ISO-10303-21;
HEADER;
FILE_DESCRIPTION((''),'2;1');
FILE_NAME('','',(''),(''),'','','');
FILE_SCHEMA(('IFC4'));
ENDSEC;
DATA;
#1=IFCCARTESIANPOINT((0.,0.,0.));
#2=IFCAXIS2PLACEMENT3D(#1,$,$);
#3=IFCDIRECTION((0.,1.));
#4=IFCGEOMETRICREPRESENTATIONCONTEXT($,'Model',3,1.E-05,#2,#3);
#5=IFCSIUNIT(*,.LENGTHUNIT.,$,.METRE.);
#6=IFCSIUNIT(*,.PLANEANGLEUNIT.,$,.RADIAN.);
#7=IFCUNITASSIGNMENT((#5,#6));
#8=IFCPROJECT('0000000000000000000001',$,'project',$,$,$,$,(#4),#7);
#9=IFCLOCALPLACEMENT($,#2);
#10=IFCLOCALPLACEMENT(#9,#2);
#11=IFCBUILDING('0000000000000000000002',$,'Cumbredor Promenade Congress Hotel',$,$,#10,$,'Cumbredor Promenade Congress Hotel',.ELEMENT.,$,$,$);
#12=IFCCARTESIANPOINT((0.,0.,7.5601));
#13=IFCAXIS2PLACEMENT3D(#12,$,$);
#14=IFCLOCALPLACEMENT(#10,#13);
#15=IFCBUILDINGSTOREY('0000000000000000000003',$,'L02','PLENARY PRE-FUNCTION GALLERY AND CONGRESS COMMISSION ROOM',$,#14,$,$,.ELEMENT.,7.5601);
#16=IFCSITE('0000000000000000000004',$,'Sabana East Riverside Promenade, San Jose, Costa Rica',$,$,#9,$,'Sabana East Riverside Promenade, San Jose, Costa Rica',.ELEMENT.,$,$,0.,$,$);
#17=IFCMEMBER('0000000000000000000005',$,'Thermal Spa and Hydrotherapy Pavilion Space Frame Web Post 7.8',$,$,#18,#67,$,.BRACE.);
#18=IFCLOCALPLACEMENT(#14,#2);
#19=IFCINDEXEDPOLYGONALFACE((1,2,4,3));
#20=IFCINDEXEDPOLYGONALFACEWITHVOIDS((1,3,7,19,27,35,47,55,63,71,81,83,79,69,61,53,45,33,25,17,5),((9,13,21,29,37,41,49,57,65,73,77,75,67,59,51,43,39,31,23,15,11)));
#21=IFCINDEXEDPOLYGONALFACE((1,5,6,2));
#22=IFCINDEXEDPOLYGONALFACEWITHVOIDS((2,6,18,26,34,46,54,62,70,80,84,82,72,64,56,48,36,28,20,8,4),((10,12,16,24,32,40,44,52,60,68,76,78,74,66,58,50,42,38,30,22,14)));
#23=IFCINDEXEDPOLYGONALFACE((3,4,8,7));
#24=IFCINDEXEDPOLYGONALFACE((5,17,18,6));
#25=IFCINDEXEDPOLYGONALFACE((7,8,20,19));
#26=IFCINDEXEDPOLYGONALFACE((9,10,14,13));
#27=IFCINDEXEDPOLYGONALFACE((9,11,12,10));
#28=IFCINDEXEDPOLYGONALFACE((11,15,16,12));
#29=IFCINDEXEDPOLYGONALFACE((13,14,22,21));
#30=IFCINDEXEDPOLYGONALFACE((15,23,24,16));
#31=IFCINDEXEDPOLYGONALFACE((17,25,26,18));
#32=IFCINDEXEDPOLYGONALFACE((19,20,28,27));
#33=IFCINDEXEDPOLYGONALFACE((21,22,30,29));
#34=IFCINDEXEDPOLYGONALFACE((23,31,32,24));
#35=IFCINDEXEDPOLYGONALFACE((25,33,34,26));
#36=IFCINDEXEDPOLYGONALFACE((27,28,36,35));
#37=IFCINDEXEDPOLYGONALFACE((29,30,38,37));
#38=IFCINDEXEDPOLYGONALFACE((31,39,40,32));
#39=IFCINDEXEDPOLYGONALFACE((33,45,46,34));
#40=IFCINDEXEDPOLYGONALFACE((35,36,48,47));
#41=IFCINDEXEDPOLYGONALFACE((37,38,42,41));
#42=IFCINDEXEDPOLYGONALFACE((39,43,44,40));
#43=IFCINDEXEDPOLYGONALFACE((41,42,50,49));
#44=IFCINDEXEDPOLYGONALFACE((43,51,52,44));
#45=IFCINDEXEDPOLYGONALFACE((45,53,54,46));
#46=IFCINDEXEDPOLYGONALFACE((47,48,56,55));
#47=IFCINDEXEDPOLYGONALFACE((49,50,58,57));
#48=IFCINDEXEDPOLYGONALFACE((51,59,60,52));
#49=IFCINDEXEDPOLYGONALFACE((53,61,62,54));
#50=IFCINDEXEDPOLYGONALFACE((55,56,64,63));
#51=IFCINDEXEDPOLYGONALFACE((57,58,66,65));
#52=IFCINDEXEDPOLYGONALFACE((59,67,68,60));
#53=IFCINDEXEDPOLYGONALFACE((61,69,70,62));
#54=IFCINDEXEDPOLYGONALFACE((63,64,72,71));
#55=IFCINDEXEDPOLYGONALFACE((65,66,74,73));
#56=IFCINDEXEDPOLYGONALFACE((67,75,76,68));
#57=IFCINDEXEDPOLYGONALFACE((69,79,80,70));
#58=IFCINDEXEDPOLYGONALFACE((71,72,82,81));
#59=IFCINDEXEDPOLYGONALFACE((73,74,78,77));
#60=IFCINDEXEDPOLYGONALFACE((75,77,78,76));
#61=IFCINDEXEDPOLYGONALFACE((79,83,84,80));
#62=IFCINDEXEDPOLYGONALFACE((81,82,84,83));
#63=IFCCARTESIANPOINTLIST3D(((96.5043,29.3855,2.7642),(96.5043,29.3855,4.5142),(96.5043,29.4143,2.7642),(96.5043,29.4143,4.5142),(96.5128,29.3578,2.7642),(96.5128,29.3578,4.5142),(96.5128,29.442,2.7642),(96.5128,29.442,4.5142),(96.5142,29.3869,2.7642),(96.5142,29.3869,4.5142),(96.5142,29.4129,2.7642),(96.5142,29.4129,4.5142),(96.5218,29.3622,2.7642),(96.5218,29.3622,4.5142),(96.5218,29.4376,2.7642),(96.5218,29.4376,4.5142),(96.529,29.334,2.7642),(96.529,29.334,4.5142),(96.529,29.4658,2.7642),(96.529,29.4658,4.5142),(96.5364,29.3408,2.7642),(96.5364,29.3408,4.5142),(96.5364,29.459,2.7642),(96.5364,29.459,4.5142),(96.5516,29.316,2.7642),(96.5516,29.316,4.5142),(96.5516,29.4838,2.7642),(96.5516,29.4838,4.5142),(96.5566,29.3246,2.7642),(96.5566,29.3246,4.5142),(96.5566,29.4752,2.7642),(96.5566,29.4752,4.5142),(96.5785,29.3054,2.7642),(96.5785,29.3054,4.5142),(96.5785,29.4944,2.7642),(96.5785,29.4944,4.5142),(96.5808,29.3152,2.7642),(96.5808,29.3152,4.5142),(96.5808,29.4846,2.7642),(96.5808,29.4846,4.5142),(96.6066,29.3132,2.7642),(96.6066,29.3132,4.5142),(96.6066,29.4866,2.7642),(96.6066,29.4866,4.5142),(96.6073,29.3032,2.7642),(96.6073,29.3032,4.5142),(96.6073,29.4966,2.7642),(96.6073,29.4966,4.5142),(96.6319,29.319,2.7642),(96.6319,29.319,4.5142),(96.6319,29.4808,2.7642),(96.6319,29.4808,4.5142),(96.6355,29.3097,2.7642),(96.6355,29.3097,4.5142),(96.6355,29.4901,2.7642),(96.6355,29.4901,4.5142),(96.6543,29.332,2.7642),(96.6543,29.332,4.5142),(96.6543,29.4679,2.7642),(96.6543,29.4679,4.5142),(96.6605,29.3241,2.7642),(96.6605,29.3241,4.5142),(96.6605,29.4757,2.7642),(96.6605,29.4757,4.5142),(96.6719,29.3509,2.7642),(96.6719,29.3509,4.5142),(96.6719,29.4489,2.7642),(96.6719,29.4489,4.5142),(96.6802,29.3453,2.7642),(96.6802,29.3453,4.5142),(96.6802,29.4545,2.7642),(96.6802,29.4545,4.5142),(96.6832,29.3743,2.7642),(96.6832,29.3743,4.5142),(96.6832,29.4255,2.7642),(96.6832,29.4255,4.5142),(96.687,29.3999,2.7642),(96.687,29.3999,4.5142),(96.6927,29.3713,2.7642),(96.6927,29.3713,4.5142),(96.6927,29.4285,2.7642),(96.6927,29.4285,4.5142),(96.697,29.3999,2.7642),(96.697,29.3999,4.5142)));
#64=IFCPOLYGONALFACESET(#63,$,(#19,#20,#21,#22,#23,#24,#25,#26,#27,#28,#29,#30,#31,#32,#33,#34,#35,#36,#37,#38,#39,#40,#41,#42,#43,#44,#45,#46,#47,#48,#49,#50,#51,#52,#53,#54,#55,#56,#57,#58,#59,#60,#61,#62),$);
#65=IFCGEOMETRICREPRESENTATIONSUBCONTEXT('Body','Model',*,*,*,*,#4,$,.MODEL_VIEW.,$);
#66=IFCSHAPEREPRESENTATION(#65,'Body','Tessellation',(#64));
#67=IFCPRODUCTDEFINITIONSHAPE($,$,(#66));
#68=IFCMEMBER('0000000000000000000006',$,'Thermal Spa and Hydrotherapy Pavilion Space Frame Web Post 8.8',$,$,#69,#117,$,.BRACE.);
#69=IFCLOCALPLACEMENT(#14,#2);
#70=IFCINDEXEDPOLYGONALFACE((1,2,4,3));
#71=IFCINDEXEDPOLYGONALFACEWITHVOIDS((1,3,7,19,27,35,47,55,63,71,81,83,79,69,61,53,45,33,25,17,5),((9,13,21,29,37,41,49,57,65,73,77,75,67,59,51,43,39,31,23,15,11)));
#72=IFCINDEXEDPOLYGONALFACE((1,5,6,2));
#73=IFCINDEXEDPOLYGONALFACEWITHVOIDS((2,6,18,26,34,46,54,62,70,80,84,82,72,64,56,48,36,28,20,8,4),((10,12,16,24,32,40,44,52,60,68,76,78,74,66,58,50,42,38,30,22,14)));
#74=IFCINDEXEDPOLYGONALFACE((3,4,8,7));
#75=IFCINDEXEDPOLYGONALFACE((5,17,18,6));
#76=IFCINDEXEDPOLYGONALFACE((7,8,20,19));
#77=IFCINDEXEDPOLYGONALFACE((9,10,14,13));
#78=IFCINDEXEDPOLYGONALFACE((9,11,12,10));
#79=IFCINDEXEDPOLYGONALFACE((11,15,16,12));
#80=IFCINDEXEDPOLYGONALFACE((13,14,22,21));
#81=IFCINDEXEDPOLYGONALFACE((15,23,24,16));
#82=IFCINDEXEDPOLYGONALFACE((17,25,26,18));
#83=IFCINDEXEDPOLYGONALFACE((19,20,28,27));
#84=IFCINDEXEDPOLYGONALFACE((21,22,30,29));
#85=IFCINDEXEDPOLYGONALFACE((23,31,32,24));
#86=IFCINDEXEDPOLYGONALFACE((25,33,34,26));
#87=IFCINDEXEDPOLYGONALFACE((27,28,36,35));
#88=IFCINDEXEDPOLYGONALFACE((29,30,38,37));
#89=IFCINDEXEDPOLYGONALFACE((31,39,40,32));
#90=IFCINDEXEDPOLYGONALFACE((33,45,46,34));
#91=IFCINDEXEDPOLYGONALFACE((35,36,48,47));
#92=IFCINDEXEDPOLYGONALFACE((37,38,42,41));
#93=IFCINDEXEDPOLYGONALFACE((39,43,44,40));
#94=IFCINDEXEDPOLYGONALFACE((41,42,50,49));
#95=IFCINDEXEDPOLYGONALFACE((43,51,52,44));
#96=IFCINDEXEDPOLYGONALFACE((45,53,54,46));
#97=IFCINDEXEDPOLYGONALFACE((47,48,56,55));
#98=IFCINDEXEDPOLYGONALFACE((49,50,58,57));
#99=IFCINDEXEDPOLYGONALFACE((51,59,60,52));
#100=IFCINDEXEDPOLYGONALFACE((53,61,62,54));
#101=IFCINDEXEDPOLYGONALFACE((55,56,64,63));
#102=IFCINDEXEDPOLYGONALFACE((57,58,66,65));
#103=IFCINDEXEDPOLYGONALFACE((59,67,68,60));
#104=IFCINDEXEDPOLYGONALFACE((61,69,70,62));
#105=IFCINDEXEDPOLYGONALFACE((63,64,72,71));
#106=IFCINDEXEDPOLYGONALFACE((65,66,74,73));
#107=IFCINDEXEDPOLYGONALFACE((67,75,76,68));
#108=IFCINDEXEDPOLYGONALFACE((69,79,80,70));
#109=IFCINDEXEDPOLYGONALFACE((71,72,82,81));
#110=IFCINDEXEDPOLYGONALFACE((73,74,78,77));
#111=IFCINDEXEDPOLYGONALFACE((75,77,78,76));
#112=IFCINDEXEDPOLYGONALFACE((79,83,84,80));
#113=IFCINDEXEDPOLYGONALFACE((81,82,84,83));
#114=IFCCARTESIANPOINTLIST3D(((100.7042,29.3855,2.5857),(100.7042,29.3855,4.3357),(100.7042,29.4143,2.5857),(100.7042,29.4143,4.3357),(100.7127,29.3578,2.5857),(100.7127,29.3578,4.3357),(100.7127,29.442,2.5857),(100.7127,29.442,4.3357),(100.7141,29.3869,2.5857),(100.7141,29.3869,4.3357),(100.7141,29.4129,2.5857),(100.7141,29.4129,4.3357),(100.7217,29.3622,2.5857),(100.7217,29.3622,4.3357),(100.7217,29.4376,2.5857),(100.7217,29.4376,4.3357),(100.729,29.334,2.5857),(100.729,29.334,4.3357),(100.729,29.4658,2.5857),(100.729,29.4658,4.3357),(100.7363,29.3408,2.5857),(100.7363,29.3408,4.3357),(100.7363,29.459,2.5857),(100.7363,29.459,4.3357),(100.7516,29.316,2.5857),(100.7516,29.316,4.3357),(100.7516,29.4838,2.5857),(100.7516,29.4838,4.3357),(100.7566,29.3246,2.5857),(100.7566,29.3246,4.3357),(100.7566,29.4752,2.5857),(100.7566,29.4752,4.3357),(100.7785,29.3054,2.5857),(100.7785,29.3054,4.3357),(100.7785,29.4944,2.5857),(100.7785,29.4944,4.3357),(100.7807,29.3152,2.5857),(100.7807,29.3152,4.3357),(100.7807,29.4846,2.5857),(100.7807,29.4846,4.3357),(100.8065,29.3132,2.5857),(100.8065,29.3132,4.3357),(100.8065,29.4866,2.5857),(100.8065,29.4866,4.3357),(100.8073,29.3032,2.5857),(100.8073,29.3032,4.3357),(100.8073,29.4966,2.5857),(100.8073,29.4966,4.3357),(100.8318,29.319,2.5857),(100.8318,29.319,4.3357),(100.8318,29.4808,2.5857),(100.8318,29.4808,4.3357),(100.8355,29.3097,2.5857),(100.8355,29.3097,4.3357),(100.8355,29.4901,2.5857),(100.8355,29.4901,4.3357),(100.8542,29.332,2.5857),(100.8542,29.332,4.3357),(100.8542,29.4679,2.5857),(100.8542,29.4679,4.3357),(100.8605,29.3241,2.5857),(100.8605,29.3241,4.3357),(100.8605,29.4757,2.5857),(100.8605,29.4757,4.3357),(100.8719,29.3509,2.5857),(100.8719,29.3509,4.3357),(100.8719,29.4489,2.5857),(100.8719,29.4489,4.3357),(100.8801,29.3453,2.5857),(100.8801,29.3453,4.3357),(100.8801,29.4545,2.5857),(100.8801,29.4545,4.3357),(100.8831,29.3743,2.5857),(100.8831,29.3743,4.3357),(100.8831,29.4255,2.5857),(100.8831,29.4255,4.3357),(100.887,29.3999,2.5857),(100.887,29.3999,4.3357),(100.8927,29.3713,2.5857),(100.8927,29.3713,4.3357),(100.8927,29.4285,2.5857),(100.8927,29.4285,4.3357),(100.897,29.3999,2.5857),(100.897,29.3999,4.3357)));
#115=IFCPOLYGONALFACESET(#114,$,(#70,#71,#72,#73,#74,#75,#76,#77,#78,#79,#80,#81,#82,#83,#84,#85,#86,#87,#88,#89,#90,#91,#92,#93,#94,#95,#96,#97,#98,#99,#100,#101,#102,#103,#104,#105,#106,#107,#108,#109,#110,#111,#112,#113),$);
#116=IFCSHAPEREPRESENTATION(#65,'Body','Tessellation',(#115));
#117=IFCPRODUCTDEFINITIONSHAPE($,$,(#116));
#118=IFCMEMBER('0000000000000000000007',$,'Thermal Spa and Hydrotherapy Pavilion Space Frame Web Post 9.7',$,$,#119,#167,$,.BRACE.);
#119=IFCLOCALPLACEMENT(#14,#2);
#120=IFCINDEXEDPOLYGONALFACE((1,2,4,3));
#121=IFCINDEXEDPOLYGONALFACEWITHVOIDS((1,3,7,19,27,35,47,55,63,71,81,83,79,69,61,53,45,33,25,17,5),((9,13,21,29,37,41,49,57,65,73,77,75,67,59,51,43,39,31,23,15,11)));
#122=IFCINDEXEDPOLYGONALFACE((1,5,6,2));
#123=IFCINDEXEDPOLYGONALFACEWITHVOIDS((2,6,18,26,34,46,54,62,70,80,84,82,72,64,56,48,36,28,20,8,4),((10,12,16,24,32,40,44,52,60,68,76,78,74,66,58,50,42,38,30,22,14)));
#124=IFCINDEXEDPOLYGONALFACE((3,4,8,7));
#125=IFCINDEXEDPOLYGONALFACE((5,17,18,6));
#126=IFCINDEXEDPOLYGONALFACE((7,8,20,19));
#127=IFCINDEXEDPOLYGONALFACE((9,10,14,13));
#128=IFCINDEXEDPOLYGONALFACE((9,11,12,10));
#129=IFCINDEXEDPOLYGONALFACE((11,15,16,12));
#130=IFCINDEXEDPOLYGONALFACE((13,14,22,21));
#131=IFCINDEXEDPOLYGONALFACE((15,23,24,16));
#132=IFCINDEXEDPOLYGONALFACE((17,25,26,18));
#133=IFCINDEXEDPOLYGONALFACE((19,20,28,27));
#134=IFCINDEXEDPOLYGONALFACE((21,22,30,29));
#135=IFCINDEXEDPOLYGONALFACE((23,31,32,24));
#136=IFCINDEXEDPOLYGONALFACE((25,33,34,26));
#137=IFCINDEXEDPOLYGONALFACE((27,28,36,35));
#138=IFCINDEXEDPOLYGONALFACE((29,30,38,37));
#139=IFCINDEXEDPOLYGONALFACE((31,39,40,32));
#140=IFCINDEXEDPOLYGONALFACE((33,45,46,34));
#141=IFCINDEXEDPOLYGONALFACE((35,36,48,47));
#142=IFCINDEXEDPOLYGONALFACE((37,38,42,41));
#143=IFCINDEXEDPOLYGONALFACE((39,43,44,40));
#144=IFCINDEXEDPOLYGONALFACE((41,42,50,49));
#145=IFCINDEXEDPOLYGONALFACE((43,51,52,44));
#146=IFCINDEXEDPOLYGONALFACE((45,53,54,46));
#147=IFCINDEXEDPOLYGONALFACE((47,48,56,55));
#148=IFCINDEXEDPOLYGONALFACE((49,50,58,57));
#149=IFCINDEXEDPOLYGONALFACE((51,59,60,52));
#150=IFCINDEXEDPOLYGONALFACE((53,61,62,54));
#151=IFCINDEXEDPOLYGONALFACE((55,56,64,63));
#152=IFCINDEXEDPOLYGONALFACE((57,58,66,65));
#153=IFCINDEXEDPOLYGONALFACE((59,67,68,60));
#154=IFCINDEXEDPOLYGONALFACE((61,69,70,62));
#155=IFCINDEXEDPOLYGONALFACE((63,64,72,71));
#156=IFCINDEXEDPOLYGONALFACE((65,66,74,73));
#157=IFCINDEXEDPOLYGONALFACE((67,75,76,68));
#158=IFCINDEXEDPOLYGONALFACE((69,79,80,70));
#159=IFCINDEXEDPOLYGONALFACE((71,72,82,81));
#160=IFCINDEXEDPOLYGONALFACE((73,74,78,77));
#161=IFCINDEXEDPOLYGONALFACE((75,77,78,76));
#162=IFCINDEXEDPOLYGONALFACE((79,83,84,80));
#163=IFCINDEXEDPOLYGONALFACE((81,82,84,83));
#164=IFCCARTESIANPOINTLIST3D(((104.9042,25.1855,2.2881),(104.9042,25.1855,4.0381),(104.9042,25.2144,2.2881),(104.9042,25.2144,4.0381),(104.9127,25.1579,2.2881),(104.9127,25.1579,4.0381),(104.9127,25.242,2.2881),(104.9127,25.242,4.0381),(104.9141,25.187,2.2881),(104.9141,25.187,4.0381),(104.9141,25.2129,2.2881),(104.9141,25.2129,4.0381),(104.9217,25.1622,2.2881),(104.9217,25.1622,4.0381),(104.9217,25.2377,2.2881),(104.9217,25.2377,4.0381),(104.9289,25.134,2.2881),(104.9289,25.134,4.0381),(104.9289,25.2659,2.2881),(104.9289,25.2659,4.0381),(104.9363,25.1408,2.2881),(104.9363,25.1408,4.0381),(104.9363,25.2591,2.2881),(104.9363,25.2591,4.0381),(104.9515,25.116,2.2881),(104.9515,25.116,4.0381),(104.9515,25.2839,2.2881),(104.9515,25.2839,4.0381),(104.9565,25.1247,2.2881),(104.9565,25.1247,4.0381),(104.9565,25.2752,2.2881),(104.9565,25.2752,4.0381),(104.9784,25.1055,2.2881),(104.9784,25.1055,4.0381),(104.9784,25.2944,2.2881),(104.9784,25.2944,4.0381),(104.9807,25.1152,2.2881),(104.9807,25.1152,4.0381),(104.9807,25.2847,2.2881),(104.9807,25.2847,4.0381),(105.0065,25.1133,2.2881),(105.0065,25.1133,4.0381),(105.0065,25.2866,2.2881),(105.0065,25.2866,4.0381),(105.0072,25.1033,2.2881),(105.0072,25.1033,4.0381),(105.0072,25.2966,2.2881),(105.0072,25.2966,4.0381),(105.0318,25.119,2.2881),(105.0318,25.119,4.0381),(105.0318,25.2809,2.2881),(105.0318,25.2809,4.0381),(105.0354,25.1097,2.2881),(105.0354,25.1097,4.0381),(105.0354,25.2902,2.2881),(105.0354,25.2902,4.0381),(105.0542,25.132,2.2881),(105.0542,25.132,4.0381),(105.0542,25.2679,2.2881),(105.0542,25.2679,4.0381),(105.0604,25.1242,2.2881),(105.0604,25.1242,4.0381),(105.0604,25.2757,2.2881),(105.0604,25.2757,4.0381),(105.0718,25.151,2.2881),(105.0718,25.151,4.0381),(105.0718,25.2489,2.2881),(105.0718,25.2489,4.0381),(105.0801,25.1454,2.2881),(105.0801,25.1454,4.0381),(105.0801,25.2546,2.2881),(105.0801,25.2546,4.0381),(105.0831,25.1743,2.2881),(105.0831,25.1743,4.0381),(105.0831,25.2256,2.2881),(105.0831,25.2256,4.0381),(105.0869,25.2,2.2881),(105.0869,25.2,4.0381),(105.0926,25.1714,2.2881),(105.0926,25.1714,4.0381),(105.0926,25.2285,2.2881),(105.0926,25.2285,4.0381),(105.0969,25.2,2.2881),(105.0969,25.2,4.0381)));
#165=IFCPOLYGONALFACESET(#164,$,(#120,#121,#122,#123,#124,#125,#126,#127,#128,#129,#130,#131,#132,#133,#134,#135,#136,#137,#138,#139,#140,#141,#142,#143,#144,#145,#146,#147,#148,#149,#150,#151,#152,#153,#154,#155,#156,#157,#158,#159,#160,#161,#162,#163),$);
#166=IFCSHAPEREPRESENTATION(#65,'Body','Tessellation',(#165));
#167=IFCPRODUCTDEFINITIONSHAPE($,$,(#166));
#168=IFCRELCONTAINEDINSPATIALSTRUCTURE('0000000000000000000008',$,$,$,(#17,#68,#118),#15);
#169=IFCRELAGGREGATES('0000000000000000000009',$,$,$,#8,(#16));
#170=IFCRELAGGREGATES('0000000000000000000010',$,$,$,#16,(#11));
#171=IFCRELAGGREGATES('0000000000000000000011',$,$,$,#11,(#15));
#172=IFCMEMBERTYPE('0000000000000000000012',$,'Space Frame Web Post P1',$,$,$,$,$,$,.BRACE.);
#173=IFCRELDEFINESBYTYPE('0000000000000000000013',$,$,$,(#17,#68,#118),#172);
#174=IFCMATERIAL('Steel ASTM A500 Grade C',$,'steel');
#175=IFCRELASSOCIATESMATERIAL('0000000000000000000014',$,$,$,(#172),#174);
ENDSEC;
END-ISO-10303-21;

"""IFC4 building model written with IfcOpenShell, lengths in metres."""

from ifc_helpers import new_model, si_unit, direction, frame, origin, origin_2d, place, context, subcontext, project, spatial, hollow_circle, extrude, material, material_profile, profile_set, type_object, element, save


model = new_model("IFC4")

# Units and contexts
model_context = context("Model", 3, precision=1e-05, world=origin(), true_north=direction((0.0, 1.0)))
body_context = subcontext(model_context, "Body", "Model", "MODEL_VIEW")
ifc_project = project(units=[si_unit("LENGTHUNIT", "METRE"), si_unit("PLANEANGLEUNIT", "RADIAN")], contexts=[model_context])

# Site, building, storey
site_placement = place(None, origin())
site = spatial("IfcSite", under=ifc_project, at=site_placement, Name="Sabana East Riverside Promenade, San Jose, Costa Rica", LongName="Sabana East Riverside Promenade, San Jose, Costa Rica", CompositionType="ELEMENT", RefElevation=0.0)
building_placement = place(site_placement, origin())
building = spatial("IfcBuilding", under=site, at=building_placement, Name="Cumbredor Promenade Congress Hotel", LongName="Cumbredor Promenade Congress Hotel", CompositionType="ELEMENT")
storey_placement = place(building_placement, frame((0.0, 0.0, 7.5601)))
storey = spatial("IfcBuildingStorey", under=building, at=storey_placement, Name="L02", Description="PLENARY PRE-FUNCTION GALLERY AND CONGRESS COMMISSION ROOM", CompositionType="ELEMENT", Elevation=7.5601)

# Members
ifc_material_1 = material(Name="Steel ASTM A500 Grade C", Category="steel")
ifc_material_profile_1 = material_profile(ifc_material_1, hollow_circle(Radius=0.0969, WallThickness=0.01, at=origin_2d()), Name="CHS 193.7x10")
ifc_profile_set_1 = profile_set([ifc_material_profile_1], Name="Steel ASTM A500 Grade C")
member_type_1 = type_object("IfcMemberType", Name="Space Frame Web Post P1", PredefinedType="BRACE", material=ifc_profile_set_1)
for number, where, z_axis, x_axis, name in (
    (1, (96.6001, 29.3999, 2.7642), (0.0, 0.0, 1.0), (1.0, 0.0, 0.0), "Thermal Spa and Hydrotherapy Pavilion Space Frame Web Post 7.8"),
    (2, (100.8, 29.3999, 2.5857), (0.0, 0.0, 1.0), (1.0, 0.0, 0.0), "Thermal Spa and Hydrotherapy Pavilion Space Frame Web Post 8.8"),
    (3, (105.0, 25.2, 2.2881), (0.0, 0.0, 1.0), (1.0, 0.0, 0.0), "Thermal Spa and Hydrotherapy Pavilion Space Frame Web Post 9.7"),
):
    element("IfcMember", number, at=place(storey_placement, frame(where, z_axis=z_axis, x_axis=x_axis)), inside=storey, type_object=member_type_1, Name=name, PredefinedType="BRACE", context=body_context, shape_type="SweptSolid", body=[
        extrude(hollow_circle(Radius=0.0969, WallThickness=0.01, at=origin_2d()), origin(), (0.0, 0.0, 1.0), 1.75),
    ])

save(model, "model.ifc")
